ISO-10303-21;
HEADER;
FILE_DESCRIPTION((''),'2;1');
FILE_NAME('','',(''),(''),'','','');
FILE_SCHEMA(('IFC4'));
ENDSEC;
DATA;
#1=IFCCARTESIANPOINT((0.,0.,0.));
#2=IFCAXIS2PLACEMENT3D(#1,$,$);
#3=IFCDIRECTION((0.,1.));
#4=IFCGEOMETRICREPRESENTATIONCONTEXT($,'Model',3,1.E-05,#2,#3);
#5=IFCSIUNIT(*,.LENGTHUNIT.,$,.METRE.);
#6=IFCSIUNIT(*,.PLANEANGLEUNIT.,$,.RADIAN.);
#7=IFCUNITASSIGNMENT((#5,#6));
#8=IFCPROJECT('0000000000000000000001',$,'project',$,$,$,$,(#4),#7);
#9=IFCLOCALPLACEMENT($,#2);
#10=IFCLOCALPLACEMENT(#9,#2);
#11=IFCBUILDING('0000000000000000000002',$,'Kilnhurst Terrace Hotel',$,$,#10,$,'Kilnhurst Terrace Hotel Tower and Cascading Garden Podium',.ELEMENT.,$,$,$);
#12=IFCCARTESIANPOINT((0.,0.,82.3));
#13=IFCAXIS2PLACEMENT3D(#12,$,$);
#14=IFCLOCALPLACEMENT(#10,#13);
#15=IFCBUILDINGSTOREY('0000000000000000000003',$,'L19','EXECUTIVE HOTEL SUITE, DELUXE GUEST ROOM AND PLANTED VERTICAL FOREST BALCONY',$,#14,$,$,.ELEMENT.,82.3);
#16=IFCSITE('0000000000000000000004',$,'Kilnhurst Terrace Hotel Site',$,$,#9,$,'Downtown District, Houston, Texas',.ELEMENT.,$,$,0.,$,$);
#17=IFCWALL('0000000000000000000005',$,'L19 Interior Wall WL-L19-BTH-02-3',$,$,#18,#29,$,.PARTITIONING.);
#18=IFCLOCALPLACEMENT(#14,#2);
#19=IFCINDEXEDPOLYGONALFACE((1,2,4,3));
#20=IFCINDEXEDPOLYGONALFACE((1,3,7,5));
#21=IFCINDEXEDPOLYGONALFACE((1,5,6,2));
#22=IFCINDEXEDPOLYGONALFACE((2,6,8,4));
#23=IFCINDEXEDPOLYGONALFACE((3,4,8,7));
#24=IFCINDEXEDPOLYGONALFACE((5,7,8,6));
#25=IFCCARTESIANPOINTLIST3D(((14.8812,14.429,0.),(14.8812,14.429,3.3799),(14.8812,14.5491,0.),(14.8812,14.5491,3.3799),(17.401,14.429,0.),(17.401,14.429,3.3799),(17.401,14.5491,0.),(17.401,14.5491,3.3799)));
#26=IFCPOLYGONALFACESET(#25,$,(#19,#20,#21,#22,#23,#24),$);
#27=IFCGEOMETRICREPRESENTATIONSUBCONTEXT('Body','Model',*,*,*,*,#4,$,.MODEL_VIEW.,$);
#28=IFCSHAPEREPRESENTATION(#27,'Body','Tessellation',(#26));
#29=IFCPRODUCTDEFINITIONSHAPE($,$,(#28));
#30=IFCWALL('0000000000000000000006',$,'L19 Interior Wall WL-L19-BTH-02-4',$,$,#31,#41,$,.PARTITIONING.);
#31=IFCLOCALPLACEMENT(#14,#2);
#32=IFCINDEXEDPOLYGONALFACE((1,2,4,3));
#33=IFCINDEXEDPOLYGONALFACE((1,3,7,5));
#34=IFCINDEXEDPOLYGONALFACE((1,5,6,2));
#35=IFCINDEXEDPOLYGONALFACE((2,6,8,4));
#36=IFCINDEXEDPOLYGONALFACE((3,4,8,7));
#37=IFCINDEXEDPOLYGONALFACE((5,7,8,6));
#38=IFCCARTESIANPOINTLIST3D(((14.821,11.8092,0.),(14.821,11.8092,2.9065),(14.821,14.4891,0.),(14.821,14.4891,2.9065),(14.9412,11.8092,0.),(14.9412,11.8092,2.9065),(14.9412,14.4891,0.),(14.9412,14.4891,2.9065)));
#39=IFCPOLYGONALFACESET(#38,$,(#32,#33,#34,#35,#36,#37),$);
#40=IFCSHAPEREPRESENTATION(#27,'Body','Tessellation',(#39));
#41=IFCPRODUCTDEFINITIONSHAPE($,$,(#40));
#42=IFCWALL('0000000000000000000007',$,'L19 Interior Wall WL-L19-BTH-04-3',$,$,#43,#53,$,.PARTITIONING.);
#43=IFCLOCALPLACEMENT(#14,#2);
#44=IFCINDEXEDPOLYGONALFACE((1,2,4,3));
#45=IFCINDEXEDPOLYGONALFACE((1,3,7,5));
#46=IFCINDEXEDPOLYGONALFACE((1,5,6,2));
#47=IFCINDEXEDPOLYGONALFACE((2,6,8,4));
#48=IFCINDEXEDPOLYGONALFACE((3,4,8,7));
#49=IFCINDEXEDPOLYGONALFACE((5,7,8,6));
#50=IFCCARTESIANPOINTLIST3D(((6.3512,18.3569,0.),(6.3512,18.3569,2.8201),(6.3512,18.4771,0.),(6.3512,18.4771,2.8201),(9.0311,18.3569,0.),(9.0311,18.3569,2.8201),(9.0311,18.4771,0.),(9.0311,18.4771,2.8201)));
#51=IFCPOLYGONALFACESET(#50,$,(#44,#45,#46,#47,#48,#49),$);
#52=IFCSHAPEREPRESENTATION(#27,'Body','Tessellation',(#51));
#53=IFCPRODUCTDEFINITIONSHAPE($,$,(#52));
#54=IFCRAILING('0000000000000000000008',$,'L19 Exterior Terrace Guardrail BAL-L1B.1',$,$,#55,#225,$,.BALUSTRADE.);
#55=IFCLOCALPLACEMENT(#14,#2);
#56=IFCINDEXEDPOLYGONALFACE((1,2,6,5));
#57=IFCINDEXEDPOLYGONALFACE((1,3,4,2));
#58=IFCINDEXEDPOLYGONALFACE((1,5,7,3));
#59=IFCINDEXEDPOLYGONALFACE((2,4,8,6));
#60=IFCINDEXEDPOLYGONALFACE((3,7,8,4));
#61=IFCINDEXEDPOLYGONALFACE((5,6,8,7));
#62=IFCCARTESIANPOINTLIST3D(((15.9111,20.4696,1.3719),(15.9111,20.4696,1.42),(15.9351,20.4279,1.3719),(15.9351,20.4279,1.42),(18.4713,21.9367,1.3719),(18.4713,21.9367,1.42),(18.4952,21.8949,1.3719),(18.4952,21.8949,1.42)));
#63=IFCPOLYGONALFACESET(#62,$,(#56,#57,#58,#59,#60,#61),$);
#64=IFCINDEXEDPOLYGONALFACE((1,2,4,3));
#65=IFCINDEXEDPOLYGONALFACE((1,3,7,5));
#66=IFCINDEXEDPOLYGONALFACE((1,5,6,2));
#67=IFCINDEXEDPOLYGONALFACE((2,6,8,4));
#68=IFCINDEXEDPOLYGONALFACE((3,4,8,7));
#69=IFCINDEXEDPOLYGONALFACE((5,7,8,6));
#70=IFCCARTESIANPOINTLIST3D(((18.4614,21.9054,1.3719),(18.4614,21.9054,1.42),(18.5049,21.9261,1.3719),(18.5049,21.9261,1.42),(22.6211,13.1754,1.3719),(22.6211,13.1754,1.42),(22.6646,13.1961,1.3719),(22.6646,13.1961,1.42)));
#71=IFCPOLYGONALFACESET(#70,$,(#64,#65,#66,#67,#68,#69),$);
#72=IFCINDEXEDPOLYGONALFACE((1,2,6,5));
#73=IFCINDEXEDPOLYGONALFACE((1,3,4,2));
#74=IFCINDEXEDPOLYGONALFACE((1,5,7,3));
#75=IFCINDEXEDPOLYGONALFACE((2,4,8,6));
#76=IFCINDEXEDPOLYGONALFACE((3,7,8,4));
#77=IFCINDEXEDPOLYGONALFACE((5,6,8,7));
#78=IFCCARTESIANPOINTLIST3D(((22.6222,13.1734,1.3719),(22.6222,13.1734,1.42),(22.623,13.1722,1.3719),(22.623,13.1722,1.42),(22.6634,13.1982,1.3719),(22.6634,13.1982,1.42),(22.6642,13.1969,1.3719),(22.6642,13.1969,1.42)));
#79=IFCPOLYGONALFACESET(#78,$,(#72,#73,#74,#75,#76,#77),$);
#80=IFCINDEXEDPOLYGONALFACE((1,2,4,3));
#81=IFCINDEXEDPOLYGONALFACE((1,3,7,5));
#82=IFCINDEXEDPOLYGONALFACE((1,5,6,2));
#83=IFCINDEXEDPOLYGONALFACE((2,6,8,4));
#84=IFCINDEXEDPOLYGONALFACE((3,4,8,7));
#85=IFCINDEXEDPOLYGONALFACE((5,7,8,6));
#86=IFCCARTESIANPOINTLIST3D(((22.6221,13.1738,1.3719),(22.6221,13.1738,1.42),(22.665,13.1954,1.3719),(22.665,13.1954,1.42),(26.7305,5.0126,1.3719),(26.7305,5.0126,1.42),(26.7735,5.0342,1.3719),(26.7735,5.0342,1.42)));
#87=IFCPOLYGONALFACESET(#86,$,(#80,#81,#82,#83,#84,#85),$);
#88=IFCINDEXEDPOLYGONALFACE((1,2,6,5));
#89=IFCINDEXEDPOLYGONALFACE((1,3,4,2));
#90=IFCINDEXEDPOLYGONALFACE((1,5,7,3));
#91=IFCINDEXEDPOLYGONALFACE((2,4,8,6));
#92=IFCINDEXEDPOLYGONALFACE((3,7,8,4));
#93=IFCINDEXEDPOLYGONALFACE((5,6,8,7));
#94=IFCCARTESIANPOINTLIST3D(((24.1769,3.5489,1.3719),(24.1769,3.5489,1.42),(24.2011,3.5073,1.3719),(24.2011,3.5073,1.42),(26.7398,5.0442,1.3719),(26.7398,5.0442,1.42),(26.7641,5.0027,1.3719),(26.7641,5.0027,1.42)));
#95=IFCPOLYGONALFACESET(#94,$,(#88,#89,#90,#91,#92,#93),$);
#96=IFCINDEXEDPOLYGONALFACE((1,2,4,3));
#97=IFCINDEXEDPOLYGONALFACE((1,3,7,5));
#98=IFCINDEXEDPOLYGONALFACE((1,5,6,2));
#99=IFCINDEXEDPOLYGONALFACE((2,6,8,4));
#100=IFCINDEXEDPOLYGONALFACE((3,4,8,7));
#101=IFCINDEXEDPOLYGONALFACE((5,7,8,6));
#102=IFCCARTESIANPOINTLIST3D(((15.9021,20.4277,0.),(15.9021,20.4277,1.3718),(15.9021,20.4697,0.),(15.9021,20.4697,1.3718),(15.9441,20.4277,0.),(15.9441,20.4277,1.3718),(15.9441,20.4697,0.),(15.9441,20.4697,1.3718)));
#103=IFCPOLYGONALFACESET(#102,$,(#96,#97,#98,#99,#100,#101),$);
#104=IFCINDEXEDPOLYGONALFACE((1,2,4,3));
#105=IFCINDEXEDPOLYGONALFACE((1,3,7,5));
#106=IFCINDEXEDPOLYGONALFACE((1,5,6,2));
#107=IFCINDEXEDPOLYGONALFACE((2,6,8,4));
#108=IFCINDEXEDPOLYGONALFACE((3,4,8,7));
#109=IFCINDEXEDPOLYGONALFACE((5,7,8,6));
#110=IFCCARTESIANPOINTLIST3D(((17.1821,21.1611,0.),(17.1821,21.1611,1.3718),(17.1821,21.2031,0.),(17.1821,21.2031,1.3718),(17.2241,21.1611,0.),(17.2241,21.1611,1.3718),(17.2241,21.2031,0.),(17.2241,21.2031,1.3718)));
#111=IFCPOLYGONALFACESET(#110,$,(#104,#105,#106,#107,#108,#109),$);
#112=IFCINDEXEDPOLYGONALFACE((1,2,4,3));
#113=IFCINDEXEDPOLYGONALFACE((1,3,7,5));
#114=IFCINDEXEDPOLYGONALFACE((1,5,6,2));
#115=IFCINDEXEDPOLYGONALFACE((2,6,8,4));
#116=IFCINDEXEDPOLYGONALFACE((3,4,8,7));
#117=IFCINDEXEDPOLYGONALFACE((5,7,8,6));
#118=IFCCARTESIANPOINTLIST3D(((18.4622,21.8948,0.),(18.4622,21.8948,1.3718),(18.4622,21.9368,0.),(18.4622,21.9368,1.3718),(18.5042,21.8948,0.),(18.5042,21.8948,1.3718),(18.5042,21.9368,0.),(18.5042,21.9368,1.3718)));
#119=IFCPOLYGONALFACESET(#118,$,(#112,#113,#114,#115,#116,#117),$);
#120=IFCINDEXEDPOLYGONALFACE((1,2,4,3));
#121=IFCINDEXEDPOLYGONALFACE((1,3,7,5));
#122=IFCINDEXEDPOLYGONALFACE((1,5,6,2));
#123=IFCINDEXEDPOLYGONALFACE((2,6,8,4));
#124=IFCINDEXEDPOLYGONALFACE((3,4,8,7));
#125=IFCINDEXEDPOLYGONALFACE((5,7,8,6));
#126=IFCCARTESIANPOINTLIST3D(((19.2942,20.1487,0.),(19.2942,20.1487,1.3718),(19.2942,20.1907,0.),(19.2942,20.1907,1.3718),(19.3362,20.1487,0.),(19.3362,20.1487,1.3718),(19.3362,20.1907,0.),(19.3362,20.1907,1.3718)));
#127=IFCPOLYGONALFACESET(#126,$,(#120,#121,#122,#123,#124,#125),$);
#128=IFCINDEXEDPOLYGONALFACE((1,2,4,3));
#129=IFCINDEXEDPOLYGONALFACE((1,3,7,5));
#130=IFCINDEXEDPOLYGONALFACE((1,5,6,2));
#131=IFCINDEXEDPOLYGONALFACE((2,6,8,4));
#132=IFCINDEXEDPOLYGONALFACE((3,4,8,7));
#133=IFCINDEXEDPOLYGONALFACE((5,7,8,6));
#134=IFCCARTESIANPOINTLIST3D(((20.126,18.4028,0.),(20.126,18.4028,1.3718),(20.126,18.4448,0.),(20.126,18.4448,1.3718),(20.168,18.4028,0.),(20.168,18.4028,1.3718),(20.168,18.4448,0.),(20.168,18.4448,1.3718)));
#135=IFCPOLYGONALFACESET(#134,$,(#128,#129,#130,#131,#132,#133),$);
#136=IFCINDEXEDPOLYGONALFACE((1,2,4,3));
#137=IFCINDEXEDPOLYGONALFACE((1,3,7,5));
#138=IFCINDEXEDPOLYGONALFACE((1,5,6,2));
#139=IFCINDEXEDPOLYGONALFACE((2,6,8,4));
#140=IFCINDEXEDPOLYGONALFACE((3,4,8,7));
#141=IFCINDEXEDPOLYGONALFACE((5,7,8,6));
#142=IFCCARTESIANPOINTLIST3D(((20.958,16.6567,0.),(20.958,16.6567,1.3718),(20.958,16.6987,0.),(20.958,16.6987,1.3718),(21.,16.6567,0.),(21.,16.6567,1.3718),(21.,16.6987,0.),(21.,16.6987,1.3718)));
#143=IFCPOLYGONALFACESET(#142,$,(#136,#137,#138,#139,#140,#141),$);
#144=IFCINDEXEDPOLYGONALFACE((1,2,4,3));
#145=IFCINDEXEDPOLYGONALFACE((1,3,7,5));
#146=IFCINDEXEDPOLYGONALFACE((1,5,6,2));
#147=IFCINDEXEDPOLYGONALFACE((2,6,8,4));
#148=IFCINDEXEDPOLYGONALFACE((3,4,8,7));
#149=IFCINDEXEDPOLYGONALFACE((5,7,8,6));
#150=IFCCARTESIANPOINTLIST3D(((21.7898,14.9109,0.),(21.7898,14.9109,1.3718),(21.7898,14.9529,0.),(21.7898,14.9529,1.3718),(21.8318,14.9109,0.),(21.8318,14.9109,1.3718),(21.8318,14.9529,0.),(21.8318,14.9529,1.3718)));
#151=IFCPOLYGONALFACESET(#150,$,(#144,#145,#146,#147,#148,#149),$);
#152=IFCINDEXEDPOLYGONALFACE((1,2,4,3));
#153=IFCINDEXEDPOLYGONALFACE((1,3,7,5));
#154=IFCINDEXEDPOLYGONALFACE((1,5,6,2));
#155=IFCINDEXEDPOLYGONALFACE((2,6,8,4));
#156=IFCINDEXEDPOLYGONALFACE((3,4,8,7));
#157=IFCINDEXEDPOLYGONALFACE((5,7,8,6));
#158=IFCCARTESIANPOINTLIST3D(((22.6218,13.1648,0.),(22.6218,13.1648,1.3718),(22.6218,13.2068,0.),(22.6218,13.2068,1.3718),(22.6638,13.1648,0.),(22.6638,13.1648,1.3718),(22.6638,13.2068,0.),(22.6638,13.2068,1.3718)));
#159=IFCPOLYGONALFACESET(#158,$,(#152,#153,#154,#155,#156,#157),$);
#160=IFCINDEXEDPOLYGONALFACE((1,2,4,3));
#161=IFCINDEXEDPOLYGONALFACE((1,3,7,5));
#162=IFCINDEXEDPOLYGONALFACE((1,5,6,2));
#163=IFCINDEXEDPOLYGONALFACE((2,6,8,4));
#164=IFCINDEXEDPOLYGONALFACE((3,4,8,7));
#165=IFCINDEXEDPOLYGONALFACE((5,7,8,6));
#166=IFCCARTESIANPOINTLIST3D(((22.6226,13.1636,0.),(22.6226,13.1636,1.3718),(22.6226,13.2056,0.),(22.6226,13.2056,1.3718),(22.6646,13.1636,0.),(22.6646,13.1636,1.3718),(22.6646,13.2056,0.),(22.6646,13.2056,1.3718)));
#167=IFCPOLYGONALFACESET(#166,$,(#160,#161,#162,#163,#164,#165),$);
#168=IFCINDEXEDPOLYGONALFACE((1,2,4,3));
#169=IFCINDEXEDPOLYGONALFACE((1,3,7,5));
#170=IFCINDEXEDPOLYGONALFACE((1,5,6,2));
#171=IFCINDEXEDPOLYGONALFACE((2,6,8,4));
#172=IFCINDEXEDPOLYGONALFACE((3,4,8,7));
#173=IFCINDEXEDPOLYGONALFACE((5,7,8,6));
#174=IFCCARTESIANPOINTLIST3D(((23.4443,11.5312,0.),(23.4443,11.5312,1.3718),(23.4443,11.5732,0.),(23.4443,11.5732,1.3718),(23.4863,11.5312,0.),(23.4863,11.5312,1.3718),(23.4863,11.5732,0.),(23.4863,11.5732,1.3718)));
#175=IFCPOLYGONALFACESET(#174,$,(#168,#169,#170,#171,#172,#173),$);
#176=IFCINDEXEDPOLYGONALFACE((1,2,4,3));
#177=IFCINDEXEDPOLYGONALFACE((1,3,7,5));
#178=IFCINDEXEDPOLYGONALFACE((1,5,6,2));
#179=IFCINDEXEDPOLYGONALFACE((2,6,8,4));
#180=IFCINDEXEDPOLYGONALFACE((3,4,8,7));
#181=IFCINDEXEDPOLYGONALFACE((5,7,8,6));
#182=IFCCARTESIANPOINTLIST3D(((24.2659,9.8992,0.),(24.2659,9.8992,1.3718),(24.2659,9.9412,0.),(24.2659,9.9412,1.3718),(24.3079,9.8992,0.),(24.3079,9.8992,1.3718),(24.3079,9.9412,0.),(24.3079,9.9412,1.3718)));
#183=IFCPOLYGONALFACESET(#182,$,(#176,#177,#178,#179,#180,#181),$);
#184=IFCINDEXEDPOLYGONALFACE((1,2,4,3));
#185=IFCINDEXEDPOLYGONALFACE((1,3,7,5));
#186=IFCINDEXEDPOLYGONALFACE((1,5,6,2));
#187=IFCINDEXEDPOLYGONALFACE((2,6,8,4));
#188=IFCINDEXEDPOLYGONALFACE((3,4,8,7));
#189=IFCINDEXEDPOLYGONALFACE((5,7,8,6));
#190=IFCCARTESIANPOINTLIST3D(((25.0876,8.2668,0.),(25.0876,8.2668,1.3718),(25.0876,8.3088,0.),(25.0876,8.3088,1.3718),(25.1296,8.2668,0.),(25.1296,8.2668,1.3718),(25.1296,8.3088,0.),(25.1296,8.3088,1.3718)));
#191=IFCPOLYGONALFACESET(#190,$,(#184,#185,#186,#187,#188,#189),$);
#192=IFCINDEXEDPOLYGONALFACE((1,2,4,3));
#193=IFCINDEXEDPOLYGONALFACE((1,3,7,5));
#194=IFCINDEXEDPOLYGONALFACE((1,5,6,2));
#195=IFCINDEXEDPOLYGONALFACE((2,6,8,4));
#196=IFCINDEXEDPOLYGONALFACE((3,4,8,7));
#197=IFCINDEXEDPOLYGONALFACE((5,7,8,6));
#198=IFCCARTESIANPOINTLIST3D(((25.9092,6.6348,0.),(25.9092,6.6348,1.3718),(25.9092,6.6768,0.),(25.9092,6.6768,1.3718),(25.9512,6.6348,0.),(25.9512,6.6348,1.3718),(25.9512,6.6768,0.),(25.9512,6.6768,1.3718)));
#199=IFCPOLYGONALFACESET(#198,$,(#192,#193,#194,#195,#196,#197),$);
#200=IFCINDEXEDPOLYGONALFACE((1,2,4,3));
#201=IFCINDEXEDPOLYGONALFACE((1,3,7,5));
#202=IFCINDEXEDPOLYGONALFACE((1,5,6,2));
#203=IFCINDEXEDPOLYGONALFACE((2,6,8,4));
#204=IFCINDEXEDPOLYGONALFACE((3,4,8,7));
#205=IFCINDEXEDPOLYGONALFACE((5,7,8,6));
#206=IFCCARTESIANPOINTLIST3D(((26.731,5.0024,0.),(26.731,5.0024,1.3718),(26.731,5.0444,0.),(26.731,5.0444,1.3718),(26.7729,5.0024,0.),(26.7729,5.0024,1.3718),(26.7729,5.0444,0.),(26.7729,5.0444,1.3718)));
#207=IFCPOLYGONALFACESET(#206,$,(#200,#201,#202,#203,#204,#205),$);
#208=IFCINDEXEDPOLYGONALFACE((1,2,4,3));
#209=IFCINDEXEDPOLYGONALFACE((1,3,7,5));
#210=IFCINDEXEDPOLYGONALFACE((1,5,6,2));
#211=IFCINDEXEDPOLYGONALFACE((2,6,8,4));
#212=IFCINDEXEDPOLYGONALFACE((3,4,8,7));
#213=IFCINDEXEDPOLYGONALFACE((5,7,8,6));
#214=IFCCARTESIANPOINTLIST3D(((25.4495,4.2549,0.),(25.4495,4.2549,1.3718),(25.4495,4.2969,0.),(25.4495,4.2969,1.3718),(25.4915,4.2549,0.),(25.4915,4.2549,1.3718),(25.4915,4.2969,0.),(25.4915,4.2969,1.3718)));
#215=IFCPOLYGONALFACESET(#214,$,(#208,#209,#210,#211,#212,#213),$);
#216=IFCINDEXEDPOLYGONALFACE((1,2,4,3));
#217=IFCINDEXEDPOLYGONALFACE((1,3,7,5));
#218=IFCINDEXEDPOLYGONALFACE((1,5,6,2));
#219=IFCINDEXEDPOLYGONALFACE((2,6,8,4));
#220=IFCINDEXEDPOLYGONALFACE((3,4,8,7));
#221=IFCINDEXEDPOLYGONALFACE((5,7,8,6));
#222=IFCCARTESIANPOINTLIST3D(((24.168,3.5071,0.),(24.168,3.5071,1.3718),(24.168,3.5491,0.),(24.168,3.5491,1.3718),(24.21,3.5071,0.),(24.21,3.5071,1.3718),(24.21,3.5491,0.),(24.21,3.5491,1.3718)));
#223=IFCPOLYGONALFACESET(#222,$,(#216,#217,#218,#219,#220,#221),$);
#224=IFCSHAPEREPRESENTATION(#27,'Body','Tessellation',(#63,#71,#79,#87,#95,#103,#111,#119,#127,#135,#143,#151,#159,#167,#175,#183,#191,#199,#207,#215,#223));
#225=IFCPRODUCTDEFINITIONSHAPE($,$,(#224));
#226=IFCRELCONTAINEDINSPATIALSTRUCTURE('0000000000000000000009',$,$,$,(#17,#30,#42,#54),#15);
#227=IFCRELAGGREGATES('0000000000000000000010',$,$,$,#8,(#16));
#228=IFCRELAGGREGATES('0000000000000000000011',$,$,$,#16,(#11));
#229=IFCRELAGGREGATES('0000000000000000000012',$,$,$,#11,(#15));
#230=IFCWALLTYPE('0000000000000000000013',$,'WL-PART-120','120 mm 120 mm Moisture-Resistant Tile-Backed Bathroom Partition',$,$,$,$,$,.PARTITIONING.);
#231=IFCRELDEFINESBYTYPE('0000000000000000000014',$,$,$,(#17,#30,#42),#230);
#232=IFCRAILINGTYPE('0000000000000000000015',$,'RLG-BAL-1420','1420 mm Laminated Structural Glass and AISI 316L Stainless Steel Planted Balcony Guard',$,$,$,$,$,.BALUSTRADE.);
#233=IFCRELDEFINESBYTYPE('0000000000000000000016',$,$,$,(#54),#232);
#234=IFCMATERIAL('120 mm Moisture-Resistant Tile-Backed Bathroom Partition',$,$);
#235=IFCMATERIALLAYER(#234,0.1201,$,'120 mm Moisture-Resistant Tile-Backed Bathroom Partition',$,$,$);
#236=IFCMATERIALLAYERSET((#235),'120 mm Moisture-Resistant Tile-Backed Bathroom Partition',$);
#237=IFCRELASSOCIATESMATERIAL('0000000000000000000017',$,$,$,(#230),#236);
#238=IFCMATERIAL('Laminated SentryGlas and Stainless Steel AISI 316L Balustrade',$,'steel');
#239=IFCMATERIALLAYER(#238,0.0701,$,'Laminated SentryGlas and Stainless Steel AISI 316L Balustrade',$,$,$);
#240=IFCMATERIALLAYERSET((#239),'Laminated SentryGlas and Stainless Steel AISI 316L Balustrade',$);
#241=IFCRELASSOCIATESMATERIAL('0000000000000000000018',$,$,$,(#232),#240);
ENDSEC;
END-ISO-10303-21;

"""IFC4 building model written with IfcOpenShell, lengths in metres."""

from ifc_helpers import new_model, si_unit, direction, frame, frame_2d, origin, origin_2d, place, context, subcontext, project, spatial, rectangle, extrude, material, layer, layer_set, type_object, element, save


model = new_model("IFC4")

# Units and contexts
model_context = context("Model", 3, precision=1e-05, world=origin(), true_north=direction((0.0, 1.0)))
body_context = subcontext(model_context, "Body", "Model", "MODEL_VIEW")
ifc_project = project(units=[si_unit("LENGTHUNIT", "METRE"), si_unit("PLANEANGLEUNIT", "RADIAN")], contexts=[model_context])

# Site, building, storey
site_placement = place(None, origin())
site = spatial("IfcSite", under=ifc_project, at=site_placement, Name="Kilnhurst Terrace Hotel Site", LongName="Downtown District, Houston, Texas", CompositionType="ELEMENT", RefElevation=0.0)
building_placement = place(site_placement, origin())
building = spatial("IfcBuilding", under=site, at=building_placement, Name="Kilnhurst Terrace Hotel", LongName="Kilnhurst Terrace Hotel Tower and Cascading Garden Podium", CompositionType="ELEMENT")
storey_placement = place(building_placement, frame((0.0, 0.0, 82.3)))
storey = spatial("IfcBuildingStorey", under=building, at=storey_placement, Name="L19", Description="EXECUTIVE HOTEL SUITE, DELUXE GUEST ROOM AND PLANTED VERTICAL FOREST BALCONY", CompositionType="ELEMENT", Elevation=82.3)

# Shared definitions
ifc_material_1 = material(Name="120 mm Moisture-Resistant Tile-Backed Bathroom Partition")
ifc_layer_1 = layer(ifc_material_1, 0.1201, Name="120 mm Moisture-Resistant Tile-Backed Bathroom Partition")
ifc_layer_set_1 = layer_set([ifc_layer_1], Name="120 mm Moisture-Resistant Tile-Backed Bathroom Partition")
wall_type_1 = type_object("IfcWallType", Name="WL-PART-120", Description="120 mm 120 mm Moisture-Resistant Tile-Backed Bathroom Partition", PredefinedType="PARTITIONING", material=ifc_layer_set_1)

# Walls
wall_1_placement = place(storey_placement, frame((17.4009, 14.489, 0.0), z_axis=(0.0, 0.0, 1.0), x_axis=(-1.0, 0.0, 0.0)))
element("IfcWall", 1, at=wall_1_placement, inside=storey, type_object=wall_type_1, Name="L19 Interior Wall WL-L19-BTH-02-3", PredefinedType="PARTITIONING", context=body_context, shape_type="SweptSolid", body=[
    extrude(rectangle(XDim=2.5198, YDim=0.1201, at=frame_2d((1.2598, 0.0))), origin(), (0.0, 0.0, 1.0), 3.3799),
])
wall_2_placement = place(storey_placement, frame((14.8811, 14.489, 0.0), z_axis=(0.0, 0.0, 1.0), x_axis=(0.0, -1.0, 0.0)))
element("IfcWall", 2, at=wall_2_placement, inside=storey, type_object=wall_type_1, Name="L19 Interior Wall WL-L19-BTH-02-4", PredefinedType="PARTITIONING", context=body_context, shape_type="SweptSolid", body=[
    extrude(rectangle(XDim=2.6799, YDim=0.1201, at=frame_2d((1.3398, 0.0))), origin(), (0.0, 0.0, 1.0), 2.9065),
])
wall_3_placement = place(storey_placement, frame((9.031, 18.417, 0.0), z_axis=(0.0, 0.0, 1.0), x_axis=(-1.0, 0.0, 0.0)))
element("IfcWall", 3, at=wall_3_placement, inside=storey, type_object=wall_type_1, Name="L19 Interior Wall WL-L19-BTH-04-3", PredefinedType="PARTITIONING", context=body_context, shape_type="SweptSolid", body=[
    extrude(rectangle(XDim=2.6799, YDim=0.1201, at=frame_2d((1.3398, 0.0))), origin(), (0.0, 0.0, 1.0), 2.8201),
])

# Railing
ifc_material_2 = material(Name="Laminated SentryGlas and Stainless Steel AISI 316L Balustrade", Category="steel")
ifc_layer_2 = layer(ifc_material_2, 0.0701, Name="Laminated SentryGlas and Stainless Steel AISI 316L Balustrade")
ifc_layer_set_2 = layer_set([ifc_layer_2], Name="Laminated SentryGlas and Stainless Steel AISI 316L Balustrade")
railing_type = type_object("IfcRailingType", Name="RLG-BAL-1420", Description="1420 mm Laminated Structural Glass and AISI 316L Stainless Steel Planted Balcony Guard", PredefinedType="BALUSTRADE", material=ifc_layer_set_2)
railing_placement = place(storey_placement, frame((15.9231, 20.4487, 0.0)))
element("IfcRailing", 4, at=railing_placement, inside=storey, type_object=railing_type, Name="L19 Exterior Terrace Guardrail BAL-L1B.1", PredefinedType="BALUSTRADE", context=body_context, shape_type="SweptSolid", body=[
    extrude(rectangle(XDim=0.0481, YDim=0.0481, at=origin_2d()), frame((0.0, 0.0, 1.396), z_axis=(0.867637, 0.497199, 0.0), x_axis=(-0.497199, 0.867637, 0.0)), (0.0, 0.0, 1.0), 2.9507),
    extrude(rectangle(XDim=0.0481, YDim=0.0481, at=origin_2d()), frame((2.5601, 1.467, 1.396), z_axis=(0.430147, -0.902759, 0.0), x_axis=(0.902759, 0.430147, 0.0)), (0.0, 0.0, 1.0), 9.6704),
    extrude(rectangle(XDim=0.0481, YDim=0.0481, at=origin_2d()), frame((6.7197, -7.2629, 1.396), z_axis=(0.514496, -0.857493, 0.0), x_axis=(0.857493, 0.514496, 0.0)), (0.0, 0.0, 1.0), 0.0015),
    extrude(rectangle(XDim=0.0481, YDim=0.0481, at=origin_2d()), frame((6.7205, -7.2642, 1.396), z_axis=(0.449649, -0.893205, 0.0), x_axis=(0.893205, 0.449649, 0.0)), (0.0, 0.0, 1.0), 9.137),
    extrude(rectangle(XDim=0.0481, YDim=0.0481, at=origin_2d()), frame((10.8289, -15.4253, 1.396), z_axis=(-0.863737, -0.503943, 0.0), x_axis=(0.503943, -0.863737, 0.0)), (0.0, 0.0, 1.0), 2.9673),
    extrude(rectangle(XDim=0.042, YDim=0.042, at=origin_2d()), origin(), (0.0, 0.0, 1.0), 1.3718),
    extrude(rectangle(XDim=0.042, YDim=0.042, at=origin_2d()), frame((1.28, 0.7334, 0.0)), (0.0, 0.0, 1.0), 1.3718),
    extrude(rectangle(XDim=0.042, YDim=0.042, at=origin_2d()), frame((2.5601, 1.467, 0.0)), (0.0, 0.0, 1.0), 1.3718),
    extrude(rectangle(XDim=0.042, YDim=0.042, at=origin_2d()), frame((3.3921, -0.2791, 0.0)), (0.0, 0.0, 1.0), 1.3718),
    extrude(rectangle(XDim=0.042, YDim=0.042, at=origin_2d()), frame((4.2239, -2.0249, 0.0)), (0.0, 0.0, 1.0), 1.3718),
    extrude(rectangle(XDim=0.042, YDim=0.042, at=origin_2d()), frame((5.0559, -3.771, 0.0)), (0.0, 0.0, 1.0), 1.3718),
    extrude(rectangle(XDim=0.042, YDim=0.042, at=origin_2d()), frame((5.8877, -5.5168, 0.0)), (0.0, 0.0, 1.0), 1.3718),
    extrude(rectangle(XDim=0.042, YDim=0.042, at=origin_2d()), frame((6.7197, -7.2629, 0.0)), (0.0, 0.0, 1.0), 1.3718),
    extrude(rectangle(XDim=0.042, YDim=0.042, at=origin_2d()), frame((6.7205, -7.2642, 0.0)), (0.0, 0.0, 1.0), 1.3718),
    extrude(rectangle(XDim=0.042, YDim=0.042, at=origin_2d()), frame((7.5422, -8.8965, 0.0)), (0.0, 0.0, 1.0), 1.3718),
    extrude(rectangle(XDim=0.042, YDim=0.042, at=origin_2d()), frame((8.3638, -10.5286, 0.0)), (0.0, 0.0, 1.0), 1.3718),
    extrude(rectangle(XDim=0.042, YDim=0.042, at=origin_2d()), frame((9.1855, -12.1609, 0.0)), (0.0, 0.0, 1.0), 1.3718),
    extrude(rectangle(XDim=0.042, YDim=0.042, at=origin_2d()), frame((10.0071, -13.793, 0.0)), (0.0, 0.0, 1.0), 1.3718),
    extrude(rectangle(XDim=0.042, YDim=0.042, at=origin_2d()), frame((10.8289, -15.4253, 0.0)), (0.0, 0.0, 1.0), 1.3718),
    extrude(rectangle(XDim=0.042, YDim=0.042, at=origin_2d()), frame((9.5474, -16.1729, 0.0)), (0.0, 0.0, 1.0), 1.3718),
    extrude(rectangle(XDim=0.042, YDim=0.042, at=origin_2d()), frame((8.2659, -16.9207, 0.0)), (0.0, 0.0, 1.0), 1.3718),
])

save(model, "model.ifc")
